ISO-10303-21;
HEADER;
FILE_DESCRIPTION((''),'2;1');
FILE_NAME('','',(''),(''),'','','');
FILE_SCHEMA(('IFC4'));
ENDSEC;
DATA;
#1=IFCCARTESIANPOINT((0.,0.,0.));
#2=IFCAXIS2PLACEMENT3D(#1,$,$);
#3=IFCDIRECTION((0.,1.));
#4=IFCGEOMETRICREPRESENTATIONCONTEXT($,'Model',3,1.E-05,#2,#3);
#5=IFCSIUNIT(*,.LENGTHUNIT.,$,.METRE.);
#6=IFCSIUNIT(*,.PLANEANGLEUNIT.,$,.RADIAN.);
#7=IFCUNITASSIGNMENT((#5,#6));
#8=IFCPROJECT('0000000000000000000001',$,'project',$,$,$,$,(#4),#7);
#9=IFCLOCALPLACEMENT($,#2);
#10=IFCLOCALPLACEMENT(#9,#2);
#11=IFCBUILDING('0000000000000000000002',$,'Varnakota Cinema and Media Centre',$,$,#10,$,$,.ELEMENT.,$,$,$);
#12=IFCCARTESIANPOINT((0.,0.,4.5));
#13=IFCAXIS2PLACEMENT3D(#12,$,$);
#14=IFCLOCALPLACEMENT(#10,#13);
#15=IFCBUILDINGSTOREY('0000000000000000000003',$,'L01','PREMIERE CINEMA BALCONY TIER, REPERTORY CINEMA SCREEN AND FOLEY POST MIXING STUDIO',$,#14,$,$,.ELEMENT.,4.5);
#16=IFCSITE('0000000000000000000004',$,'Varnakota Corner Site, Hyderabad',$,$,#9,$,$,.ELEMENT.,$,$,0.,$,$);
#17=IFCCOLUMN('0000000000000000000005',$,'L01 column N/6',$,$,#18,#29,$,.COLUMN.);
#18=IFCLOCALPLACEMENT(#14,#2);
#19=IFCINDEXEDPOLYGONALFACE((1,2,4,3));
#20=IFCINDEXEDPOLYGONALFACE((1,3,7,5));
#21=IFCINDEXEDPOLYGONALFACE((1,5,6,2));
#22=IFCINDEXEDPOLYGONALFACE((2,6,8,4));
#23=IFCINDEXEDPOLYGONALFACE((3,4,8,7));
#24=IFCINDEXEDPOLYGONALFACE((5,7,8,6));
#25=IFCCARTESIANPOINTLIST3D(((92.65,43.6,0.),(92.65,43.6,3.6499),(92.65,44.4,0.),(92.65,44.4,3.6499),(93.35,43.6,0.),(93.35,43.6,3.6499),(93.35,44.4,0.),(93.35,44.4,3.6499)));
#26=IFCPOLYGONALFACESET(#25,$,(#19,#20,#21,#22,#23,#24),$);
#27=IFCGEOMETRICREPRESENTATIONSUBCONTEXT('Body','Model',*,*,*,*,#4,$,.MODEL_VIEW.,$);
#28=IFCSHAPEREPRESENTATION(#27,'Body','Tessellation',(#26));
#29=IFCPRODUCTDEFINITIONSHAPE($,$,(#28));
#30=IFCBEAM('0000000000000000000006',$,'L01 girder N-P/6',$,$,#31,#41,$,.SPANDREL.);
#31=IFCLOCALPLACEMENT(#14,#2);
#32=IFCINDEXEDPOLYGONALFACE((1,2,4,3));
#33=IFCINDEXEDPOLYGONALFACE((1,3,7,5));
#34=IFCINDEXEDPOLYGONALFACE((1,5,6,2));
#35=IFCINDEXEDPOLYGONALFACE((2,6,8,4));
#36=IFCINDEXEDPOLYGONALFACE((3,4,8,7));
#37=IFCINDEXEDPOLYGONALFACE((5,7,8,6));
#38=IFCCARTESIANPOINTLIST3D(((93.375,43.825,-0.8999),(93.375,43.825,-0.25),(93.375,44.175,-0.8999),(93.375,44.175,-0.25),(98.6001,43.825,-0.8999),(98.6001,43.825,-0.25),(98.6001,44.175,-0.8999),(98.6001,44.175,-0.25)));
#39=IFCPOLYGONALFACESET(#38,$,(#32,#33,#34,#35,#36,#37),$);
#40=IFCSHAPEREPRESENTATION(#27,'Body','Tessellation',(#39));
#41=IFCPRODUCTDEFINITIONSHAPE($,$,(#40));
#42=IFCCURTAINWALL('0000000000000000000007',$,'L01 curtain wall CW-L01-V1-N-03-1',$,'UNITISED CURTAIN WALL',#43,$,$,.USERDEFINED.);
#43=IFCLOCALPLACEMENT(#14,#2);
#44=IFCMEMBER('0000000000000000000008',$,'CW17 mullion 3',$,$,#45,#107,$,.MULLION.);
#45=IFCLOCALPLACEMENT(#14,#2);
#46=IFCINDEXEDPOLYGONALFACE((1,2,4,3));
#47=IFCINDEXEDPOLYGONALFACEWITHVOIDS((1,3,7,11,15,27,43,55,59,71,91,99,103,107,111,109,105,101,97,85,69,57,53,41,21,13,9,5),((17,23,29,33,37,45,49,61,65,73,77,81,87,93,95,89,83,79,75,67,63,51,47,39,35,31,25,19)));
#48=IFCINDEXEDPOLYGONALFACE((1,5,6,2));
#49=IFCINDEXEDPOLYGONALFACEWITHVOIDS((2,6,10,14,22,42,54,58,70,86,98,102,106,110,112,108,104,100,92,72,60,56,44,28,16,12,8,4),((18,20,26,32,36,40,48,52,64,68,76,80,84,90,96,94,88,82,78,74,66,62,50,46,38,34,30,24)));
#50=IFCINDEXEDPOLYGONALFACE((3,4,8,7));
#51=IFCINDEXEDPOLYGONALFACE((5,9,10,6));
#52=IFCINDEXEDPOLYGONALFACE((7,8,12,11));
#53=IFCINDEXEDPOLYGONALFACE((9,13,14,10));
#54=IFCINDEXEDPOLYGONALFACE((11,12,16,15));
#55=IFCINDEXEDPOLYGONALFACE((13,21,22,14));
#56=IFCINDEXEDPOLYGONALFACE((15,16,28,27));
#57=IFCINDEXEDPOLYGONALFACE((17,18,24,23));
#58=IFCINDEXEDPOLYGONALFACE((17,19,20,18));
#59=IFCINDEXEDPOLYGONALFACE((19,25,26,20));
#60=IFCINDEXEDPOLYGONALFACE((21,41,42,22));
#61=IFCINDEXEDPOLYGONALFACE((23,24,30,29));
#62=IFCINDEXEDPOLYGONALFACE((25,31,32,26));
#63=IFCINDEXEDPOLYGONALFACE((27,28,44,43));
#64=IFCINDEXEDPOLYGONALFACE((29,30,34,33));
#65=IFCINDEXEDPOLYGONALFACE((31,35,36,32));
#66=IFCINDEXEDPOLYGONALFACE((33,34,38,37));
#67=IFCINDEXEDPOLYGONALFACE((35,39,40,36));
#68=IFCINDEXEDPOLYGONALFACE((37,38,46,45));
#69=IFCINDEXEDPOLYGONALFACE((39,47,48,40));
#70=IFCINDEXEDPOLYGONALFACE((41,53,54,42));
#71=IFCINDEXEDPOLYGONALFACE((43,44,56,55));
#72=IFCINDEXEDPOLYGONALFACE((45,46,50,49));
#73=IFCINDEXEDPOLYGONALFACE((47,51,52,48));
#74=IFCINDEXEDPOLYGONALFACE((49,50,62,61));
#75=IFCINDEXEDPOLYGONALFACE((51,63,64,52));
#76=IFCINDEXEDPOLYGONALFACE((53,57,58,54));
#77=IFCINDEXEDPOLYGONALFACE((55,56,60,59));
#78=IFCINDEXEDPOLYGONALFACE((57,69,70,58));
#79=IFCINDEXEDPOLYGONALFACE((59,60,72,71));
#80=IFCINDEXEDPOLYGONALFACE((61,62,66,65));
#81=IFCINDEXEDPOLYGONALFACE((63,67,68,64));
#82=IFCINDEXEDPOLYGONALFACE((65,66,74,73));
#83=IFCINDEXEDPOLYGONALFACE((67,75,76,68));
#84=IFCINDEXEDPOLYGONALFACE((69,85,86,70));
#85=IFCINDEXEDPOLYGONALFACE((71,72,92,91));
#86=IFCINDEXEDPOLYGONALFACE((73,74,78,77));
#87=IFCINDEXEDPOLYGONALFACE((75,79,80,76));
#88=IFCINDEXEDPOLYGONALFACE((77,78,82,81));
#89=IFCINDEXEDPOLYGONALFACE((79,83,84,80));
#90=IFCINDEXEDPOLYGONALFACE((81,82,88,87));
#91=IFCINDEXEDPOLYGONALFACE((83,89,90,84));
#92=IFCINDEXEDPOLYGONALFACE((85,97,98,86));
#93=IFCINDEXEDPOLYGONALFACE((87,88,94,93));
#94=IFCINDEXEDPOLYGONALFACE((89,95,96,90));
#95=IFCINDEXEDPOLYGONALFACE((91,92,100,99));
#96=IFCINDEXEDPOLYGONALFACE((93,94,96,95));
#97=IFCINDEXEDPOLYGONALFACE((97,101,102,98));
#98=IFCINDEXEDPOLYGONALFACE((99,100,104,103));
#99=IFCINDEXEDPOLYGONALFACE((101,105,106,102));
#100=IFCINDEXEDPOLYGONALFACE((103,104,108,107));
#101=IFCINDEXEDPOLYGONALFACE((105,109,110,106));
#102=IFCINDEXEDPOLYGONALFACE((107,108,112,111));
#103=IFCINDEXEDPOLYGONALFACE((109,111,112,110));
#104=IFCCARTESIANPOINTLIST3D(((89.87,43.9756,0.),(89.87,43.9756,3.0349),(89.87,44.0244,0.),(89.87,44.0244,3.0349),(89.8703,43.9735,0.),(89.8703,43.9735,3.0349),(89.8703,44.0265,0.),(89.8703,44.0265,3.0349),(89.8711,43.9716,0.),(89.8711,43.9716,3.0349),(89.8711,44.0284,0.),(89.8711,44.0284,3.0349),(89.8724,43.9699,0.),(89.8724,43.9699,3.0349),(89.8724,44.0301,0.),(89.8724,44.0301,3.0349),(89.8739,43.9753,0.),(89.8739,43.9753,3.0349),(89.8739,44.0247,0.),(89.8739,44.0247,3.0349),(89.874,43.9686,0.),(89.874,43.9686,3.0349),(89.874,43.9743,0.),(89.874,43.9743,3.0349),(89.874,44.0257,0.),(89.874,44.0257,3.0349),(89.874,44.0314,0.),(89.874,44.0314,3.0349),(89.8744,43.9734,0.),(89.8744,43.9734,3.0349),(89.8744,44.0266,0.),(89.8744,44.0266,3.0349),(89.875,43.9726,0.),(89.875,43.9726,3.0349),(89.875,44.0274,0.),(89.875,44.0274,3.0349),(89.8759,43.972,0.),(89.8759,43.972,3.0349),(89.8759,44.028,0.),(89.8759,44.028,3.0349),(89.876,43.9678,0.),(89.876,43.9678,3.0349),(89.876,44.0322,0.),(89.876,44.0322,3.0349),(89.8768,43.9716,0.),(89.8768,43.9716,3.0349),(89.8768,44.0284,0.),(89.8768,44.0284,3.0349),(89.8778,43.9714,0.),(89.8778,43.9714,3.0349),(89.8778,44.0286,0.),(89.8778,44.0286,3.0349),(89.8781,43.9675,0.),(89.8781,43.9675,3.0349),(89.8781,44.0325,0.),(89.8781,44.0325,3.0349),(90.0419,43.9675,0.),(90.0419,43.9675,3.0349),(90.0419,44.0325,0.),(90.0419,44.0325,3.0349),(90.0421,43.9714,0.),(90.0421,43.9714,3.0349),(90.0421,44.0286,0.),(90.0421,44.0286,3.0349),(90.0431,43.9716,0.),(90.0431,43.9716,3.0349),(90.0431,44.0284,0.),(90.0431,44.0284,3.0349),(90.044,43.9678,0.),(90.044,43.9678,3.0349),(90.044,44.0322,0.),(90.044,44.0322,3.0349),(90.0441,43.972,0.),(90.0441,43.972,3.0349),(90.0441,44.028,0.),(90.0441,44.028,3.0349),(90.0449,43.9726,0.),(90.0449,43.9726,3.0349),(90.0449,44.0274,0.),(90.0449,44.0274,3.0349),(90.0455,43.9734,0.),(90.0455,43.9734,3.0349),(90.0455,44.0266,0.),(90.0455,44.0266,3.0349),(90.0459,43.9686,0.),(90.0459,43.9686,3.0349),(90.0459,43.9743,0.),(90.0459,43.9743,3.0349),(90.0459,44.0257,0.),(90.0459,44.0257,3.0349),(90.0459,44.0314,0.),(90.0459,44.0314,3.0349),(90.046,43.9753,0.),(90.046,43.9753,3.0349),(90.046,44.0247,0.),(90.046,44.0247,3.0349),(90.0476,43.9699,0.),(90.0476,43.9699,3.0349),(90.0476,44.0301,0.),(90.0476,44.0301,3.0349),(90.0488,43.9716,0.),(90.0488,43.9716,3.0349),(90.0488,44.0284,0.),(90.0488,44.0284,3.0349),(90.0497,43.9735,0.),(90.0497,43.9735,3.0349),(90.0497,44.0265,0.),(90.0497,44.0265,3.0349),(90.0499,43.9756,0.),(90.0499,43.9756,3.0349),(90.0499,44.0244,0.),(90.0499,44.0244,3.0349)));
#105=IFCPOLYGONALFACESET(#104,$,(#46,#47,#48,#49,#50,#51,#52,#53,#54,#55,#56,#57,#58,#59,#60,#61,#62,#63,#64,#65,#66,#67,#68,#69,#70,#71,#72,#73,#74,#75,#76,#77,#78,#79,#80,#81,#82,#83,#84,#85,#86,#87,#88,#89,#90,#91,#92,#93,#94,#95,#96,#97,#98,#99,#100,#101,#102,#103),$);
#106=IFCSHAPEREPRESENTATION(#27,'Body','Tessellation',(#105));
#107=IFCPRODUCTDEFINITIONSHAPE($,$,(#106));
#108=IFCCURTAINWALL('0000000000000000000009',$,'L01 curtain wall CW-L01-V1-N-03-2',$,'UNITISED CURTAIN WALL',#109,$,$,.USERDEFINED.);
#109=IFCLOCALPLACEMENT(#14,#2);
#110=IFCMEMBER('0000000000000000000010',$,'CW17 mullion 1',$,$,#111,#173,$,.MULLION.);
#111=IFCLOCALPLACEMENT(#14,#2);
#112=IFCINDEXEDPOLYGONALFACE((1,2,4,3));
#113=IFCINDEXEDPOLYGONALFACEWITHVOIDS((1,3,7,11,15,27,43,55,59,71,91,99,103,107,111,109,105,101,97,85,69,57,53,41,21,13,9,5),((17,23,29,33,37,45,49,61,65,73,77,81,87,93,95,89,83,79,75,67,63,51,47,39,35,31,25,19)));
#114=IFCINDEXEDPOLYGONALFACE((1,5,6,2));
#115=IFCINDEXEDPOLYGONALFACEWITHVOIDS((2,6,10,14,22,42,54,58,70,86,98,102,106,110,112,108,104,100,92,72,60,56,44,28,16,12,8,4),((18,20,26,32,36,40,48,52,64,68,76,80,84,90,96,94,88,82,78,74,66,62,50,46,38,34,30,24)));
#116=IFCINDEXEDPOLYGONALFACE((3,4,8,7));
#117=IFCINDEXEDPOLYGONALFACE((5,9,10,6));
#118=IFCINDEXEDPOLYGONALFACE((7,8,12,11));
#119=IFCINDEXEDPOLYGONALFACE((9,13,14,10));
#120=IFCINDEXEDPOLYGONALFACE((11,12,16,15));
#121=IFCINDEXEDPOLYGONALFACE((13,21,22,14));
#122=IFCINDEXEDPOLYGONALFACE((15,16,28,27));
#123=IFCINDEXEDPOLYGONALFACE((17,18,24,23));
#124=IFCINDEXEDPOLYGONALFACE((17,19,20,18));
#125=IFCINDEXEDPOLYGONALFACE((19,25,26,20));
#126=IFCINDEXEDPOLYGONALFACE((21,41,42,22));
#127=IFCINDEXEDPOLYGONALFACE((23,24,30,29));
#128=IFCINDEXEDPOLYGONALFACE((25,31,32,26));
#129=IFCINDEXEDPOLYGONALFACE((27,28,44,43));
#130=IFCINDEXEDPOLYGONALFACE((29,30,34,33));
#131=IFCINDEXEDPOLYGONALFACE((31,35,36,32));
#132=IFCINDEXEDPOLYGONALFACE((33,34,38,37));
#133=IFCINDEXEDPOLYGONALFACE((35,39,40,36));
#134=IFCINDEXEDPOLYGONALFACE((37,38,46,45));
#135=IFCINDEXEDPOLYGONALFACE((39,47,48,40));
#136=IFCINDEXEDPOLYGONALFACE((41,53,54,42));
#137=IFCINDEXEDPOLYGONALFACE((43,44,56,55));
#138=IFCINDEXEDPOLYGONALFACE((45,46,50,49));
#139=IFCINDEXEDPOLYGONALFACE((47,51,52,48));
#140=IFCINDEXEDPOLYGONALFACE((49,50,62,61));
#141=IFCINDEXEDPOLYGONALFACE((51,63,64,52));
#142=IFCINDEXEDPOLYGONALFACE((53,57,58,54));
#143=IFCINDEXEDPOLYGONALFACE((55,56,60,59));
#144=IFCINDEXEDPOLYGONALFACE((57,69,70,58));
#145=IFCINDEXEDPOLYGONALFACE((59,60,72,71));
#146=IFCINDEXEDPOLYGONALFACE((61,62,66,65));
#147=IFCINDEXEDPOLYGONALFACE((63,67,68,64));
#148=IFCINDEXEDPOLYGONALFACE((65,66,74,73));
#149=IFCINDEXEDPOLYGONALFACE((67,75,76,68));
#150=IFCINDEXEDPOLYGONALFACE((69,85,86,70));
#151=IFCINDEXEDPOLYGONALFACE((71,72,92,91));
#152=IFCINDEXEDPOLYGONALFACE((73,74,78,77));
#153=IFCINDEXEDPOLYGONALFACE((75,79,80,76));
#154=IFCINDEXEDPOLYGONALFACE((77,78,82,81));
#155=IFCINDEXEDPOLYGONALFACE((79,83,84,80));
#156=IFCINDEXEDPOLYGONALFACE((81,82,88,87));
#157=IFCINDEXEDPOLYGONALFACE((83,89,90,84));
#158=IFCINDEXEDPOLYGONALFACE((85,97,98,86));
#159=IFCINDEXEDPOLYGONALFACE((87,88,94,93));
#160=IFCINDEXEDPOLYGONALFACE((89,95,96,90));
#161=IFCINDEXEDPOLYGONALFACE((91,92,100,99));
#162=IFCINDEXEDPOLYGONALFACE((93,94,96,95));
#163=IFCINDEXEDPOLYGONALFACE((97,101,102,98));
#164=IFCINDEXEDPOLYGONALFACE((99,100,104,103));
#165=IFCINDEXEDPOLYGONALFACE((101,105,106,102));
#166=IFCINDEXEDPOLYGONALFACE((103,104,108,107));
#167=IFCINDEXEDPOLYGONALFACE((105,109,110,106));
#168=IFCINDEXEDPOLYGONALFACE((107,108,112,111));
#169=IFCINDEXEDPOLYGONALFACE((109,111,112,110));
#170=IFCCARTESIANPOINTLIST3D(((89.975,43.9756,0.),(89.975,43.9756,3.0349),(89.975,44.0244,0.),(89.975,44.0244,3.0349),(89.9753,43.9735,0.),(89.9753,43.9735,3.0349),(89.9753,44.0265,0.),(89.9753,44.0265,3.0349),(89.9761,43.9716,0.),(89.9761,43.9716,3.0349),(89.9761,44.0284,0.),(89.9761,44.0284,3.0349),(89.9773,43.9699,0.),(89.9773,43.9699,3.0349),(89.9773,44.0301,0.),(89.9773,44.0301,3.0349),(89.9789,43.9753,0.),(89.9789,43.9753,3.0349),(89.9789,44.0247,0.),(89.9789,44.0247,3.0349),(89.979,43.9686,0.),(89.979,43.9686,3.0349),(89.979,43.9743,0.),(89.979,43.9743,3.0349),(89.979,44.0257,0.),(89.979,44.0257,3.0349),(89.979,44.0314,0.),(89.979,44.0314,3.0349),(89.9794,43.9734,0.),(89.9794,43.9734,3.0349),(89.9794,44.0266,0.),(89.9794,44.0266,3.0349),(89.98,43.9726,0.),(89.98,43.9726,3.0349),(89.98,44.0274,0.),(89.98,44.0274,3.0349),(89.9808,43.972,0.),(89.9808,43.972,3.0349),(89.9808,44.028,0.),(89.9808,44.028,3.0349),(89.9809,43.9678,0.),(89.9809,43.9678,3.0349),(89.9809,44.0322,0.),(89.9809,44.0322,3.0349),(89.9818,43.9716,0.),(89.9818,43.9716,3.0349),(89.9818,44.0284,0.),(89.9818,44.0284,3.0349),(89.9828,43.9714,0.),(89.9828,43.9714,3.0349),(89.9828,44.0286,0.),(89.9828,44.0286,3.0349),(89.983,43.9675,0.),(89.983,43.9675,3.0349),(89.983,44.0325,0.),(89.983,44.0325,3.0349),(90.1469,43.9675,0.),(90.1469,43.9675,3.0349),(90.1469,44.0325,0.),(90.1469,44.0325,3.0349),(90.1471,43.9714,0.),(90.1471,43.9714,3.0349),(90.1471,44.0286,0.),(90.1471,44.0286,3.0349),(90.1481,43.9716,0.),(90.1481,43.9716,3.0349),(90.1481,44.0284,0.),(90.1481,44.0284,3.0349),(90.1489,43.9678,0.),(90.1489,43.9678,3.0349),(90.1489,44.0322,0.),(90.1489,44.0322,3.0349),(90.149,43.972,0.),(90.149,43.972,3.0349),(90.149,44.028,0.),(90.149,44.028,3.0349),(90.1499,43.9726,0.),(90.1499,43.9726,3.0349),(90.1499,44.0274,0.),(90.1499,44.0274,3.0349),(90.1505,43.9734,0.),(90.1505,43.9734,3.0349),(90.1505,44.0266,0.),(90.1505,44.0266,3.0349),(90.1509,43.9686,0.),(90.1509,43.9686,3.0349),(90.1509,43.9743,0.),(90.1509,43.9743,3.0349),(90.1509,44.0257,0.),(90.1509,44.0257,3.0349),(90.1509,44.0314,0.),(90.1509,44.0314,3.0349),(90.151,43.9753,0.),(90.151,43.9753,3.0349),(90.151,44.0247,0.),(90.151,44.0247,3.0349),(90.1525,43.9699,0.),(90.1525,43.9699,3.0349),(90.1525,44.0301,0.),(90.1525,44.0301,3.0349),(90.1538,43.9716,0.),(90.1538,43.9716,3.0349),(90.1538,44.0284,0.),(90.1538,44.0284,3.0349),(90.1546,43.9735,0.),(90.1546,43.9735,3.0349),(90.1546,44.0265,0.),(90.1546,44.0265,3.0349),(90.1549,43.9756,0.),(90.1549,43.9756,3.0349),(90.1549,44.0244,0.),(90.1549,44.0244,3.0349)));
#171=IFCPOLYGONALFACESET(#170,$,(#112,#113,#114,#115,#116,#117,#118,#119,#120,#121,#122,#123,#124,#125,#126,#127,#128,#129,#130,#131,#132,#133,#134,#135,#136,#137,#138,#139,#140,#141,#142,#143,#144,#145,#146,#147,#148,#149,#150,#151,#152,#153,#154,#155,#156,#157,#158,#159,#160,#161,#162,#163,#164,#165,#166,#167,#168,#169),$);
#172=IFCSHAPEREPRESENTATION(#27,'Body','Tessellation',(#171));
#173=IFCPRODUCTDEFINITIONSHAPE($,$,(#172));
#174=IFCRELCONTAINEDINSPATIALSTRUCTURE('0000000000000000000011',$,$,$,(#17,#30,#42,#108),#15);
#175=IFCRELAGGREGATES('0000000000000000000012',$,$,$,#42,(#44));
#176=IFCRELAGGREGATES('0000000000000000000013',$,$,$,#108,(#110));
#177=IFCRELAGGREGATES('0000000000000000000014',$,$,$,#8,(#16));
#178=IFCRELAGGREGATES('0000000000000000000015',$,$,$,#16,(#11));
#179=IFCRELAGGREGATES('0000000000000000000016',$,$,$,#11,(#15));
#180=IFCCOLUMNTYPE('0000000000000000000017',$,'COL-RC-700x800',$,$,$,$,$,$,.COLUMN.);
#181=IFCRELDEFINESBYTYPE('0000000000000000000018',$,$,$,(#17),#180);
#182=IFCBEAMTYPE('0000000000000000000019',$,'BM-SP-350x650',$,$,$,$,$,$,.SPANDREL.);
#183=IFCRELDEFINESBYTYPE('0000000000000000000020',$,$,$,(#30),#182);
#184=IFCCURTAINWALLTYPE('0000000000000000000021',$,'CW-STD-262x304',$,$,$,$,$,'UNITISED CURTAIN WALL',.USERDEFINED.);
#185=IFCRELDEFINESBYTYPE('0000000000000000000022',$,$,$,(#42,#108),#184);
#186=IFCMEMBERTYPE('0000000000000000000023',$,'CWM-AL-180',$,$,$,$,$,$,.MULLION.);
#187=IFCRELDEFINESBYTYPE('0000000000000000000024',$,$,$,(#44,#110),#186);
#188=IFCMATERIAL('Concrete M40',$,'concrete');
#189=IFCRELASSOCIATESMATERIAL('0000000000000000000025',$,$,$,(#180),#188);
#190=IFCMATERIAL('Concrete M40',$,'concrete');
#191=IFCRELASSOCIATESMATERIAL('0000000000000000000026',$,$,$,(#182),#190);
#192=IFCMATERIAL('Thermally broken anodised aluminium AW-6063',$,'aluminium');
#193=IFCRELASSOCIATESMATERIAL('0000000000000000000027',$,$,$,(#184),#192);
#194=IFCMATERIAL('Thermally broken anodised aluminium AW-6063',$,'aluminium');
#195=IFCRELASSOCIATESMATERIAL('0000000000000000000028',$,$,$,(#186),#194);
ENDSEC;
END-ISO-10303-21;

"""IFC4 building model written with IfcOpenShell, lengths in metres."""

from ifc_helpers import new_model, si_unit, direction, frame, origin, origin_2d, place, context, subcontext, project, spatial, rectangle, hollow_rectangle, extrude, material, material_profile, profile_set, type_object, element, aggregate, save


model = new_model("IFC4")

# Units and contexts
model_context = context("Model", 3, precision=1e-05, world=origin(), true_north=direction((0.0, 1.0)))
body_context = subcontext(model_context, "Body", "Model", "MODEL_VIEW")
ifc_project = project(units=[si_unit("LENGTHUNIT", "METRE"), si_unit("PLANEANGLEUNIT", "RADIAN")], contexts=[model_context])

# Site, building, storey
site_placement = place(None, origin())
site = spatial("IfcSite", under=ifc_project, at=site_placement, Name="Varnakota Corner Site, Hyderabad", CompositionType="ELEMENT", RefElevation=0.0)
building_placement = place(site_placement, origin())
building = spatial("IfcBuilding", under=site, at=building_placement, Name="Varnakota Cinema and Media Centre", CompositionType="ELEMENT")
storey_placement = place(building_placement, frame((0.0, 0.0, 4.5)))
storey = spatial("IfcBuildingStorey", under=building, at=storey_placement, Name="L01", Description="PREMIERE CINEMA BALCONY TIER, REPERTORY CINEMA SCREEN AND FOLEY POST MIXING STUDIO", CompositionType="ELEMENT", Elevation=4.5)

# Column
ifc_material_1 = material(Name="Concrete M40", Category="concrete")
ifc_material_profile_1 = material_profile(ifc_material_1, rectangle(XDim=0.7, YDim=0.8, at=origin_2d()), Name="RC 700x800")
ifc_profile_set_1 = profile_set([ifc_material_profile_1], Name="Concrete M40")
column_type = type_object("IfcColumnType", Name="COL-RC-700x800", PredefinedType="COLUMN", material=ifc_profile_set_1)
column_placement = place(storey_placement, frame((93.0, 44.0, 0.0), z_axis=(0.0, 0.0, 1.0), x_axis=(1.0, 0.0, 0.0)))
element("IfcColumn", 1, at=column_placement, inside=storey, type_object=column_type, Name="L01 column N/6", PredefinedType="COLUMN", context=body_context, shape_type="SweptSolid", body=[
    extrude(rectangle(XDim=0.7, YDim=0.8, at=origin_2d()), origin(), (0.0, 0.0, 1.0), 3.6499),
])

# Beam
ifc_material_2 = material(Name="Concrete M40", Category="concrete")
ifc_material_profile_2 = material_profile(ifc_material_2, rectangle(XDim=0.3501, YDim=0.6499, at=origin_2d()), Name="RCB 350x650")
ifc_profile_set_2 = profile_set([ifc_material_profile_2], Name="Concrete M40")
beam_type = type_object("IfcBeamType", Name="BM-SP-350x650", PredefinedType="SPANDREL", material=ifc_profile_set_2)
beam_placement = place(storey_placement, frame((93.375, 44.0, -0.575), z_axis=(1.0, 0.0, 0.0), x_axis=(0.0, 1.0, 0.0)))
element("IfcBeam", 2, at=beam_placement, inside=storey, type_object=beam_type, Name="L01 girder N-P/6", PredefinedType="SPANDREL", context=body_context, shape_type="SweptSolid", body=[
    extrude(rectangle(XDim=0.3501, YDim=0.6499, at=origin_2d()), origin(), (0.0, 0.0, 1.0), 5.2251),
])

# Curtain wall, member
ifc_material_3 = material(Name="Thermally broken anodised aluminium AW-6063", Category="aluminium")
curtain_wall_type = type_object("IfcCurtainWallType", Name="CW-STD-262x304", ElementType="UNITISED CURTAIN WALL", PredefinedType="USERDEFINED", material=ifc_material_3)
curtain_wall_1_placement = place(storey_placement, origin())
curtain_wall_1 = element("IfcCurtainWall", 3, at=curtain_wall_1_placement, inside=storey, type_object=curtain_wall_type, Name="L01 curtain wall CW-L01-V1-N-03-1", ObjectType="UNITISED CURTAIN WALL", PredefinedType="USERDEFINED")
ifc_material_4 = material(Name="Thermally broken anodised aluminium AW-6063", Category="aluminium")
ifc_material_profile_3 = material_profile(ifc_material_4, hollow_rectangle(XDim=0.0649, YDim=0.1799, WallThickness=0.0039, InnerFilletRadius=0.0039, OuterFilletRadius=0.0081, at=origin_2d()), Name="AL-MULLION 180x65x4")
ifc_profile_set_3 = profile_set([ifc_material_profile_3], Name="Thermally broken anodised aluminium AW-6063")
member_type_1 = type_object("IfcMemberType", Name="CWM-AL-180", PredefinedType="MULLION", material=ifc_profile_set_3)
member_1_placement = place(storey_placement, frame((89.96, 44.0, 0.0), z_axis=(0.0, 0.0, 1.0), x_axis=(0.0, 1.0, 0.0)))
member_1 = element("IfcMember", 4, at=member_1_placement, type_object=member_type_1, Name="CW17 mullion 3", PredefinedType="MULLION", context=body_context, shape_type="SweptSolid", body=[
    extrude(hollow_rectangle(XDim=0.0649, YDim=0.1799, WallThickness=0.0039, InnerFilletRadius=0.0039, OuterFilletRadius=0.0081, at=origin_2d()), origin(), (0.0, 0.0, 1.0), 3.0349),
])
aggregate(curtain_wall_1, [member_1])

# Curtain wall, member
curtain_wall_2_placement = place(storey_placement, origin())
curtain_wall_2 = element("IfcCurtainWall", 5, at=curtain_wall_2_placement, inside=storey, type_object=curtain_wall_type, Name="L01 curtain wall CW-L01-V1-N-03-2", ObjectType="UNITISED CURTAIN WALL", PredefinedType="USERDEFINED")
member_2_placement = place(storey_placement, frame((90.0649, 44.0, 0.0), z_axis=(0.0, 0.0, 1.0), x_axis=(0.0, 1.0, 0.0)))
member_2 = element("IfcMember", 6, at=member_2_placement, type_object=member_type_1, Name="CW17 mullion 1", PredefinedType="MULLION", context=body_context, shape_type="SweptSolid", body=[
    extrude(hollow_rectangle(XDim=0.0649, YDim=0.1799, WallThickness=0.0039, InnerFilletRadius=0.0039, OuterFilletRadius=0.0081, at=origin_2d()), origin(), (0.0, 0.0, 1.0), 3.0349),
])

aggregate(curtain_wall_2, [member_2])

save(model, "model.ifc")
